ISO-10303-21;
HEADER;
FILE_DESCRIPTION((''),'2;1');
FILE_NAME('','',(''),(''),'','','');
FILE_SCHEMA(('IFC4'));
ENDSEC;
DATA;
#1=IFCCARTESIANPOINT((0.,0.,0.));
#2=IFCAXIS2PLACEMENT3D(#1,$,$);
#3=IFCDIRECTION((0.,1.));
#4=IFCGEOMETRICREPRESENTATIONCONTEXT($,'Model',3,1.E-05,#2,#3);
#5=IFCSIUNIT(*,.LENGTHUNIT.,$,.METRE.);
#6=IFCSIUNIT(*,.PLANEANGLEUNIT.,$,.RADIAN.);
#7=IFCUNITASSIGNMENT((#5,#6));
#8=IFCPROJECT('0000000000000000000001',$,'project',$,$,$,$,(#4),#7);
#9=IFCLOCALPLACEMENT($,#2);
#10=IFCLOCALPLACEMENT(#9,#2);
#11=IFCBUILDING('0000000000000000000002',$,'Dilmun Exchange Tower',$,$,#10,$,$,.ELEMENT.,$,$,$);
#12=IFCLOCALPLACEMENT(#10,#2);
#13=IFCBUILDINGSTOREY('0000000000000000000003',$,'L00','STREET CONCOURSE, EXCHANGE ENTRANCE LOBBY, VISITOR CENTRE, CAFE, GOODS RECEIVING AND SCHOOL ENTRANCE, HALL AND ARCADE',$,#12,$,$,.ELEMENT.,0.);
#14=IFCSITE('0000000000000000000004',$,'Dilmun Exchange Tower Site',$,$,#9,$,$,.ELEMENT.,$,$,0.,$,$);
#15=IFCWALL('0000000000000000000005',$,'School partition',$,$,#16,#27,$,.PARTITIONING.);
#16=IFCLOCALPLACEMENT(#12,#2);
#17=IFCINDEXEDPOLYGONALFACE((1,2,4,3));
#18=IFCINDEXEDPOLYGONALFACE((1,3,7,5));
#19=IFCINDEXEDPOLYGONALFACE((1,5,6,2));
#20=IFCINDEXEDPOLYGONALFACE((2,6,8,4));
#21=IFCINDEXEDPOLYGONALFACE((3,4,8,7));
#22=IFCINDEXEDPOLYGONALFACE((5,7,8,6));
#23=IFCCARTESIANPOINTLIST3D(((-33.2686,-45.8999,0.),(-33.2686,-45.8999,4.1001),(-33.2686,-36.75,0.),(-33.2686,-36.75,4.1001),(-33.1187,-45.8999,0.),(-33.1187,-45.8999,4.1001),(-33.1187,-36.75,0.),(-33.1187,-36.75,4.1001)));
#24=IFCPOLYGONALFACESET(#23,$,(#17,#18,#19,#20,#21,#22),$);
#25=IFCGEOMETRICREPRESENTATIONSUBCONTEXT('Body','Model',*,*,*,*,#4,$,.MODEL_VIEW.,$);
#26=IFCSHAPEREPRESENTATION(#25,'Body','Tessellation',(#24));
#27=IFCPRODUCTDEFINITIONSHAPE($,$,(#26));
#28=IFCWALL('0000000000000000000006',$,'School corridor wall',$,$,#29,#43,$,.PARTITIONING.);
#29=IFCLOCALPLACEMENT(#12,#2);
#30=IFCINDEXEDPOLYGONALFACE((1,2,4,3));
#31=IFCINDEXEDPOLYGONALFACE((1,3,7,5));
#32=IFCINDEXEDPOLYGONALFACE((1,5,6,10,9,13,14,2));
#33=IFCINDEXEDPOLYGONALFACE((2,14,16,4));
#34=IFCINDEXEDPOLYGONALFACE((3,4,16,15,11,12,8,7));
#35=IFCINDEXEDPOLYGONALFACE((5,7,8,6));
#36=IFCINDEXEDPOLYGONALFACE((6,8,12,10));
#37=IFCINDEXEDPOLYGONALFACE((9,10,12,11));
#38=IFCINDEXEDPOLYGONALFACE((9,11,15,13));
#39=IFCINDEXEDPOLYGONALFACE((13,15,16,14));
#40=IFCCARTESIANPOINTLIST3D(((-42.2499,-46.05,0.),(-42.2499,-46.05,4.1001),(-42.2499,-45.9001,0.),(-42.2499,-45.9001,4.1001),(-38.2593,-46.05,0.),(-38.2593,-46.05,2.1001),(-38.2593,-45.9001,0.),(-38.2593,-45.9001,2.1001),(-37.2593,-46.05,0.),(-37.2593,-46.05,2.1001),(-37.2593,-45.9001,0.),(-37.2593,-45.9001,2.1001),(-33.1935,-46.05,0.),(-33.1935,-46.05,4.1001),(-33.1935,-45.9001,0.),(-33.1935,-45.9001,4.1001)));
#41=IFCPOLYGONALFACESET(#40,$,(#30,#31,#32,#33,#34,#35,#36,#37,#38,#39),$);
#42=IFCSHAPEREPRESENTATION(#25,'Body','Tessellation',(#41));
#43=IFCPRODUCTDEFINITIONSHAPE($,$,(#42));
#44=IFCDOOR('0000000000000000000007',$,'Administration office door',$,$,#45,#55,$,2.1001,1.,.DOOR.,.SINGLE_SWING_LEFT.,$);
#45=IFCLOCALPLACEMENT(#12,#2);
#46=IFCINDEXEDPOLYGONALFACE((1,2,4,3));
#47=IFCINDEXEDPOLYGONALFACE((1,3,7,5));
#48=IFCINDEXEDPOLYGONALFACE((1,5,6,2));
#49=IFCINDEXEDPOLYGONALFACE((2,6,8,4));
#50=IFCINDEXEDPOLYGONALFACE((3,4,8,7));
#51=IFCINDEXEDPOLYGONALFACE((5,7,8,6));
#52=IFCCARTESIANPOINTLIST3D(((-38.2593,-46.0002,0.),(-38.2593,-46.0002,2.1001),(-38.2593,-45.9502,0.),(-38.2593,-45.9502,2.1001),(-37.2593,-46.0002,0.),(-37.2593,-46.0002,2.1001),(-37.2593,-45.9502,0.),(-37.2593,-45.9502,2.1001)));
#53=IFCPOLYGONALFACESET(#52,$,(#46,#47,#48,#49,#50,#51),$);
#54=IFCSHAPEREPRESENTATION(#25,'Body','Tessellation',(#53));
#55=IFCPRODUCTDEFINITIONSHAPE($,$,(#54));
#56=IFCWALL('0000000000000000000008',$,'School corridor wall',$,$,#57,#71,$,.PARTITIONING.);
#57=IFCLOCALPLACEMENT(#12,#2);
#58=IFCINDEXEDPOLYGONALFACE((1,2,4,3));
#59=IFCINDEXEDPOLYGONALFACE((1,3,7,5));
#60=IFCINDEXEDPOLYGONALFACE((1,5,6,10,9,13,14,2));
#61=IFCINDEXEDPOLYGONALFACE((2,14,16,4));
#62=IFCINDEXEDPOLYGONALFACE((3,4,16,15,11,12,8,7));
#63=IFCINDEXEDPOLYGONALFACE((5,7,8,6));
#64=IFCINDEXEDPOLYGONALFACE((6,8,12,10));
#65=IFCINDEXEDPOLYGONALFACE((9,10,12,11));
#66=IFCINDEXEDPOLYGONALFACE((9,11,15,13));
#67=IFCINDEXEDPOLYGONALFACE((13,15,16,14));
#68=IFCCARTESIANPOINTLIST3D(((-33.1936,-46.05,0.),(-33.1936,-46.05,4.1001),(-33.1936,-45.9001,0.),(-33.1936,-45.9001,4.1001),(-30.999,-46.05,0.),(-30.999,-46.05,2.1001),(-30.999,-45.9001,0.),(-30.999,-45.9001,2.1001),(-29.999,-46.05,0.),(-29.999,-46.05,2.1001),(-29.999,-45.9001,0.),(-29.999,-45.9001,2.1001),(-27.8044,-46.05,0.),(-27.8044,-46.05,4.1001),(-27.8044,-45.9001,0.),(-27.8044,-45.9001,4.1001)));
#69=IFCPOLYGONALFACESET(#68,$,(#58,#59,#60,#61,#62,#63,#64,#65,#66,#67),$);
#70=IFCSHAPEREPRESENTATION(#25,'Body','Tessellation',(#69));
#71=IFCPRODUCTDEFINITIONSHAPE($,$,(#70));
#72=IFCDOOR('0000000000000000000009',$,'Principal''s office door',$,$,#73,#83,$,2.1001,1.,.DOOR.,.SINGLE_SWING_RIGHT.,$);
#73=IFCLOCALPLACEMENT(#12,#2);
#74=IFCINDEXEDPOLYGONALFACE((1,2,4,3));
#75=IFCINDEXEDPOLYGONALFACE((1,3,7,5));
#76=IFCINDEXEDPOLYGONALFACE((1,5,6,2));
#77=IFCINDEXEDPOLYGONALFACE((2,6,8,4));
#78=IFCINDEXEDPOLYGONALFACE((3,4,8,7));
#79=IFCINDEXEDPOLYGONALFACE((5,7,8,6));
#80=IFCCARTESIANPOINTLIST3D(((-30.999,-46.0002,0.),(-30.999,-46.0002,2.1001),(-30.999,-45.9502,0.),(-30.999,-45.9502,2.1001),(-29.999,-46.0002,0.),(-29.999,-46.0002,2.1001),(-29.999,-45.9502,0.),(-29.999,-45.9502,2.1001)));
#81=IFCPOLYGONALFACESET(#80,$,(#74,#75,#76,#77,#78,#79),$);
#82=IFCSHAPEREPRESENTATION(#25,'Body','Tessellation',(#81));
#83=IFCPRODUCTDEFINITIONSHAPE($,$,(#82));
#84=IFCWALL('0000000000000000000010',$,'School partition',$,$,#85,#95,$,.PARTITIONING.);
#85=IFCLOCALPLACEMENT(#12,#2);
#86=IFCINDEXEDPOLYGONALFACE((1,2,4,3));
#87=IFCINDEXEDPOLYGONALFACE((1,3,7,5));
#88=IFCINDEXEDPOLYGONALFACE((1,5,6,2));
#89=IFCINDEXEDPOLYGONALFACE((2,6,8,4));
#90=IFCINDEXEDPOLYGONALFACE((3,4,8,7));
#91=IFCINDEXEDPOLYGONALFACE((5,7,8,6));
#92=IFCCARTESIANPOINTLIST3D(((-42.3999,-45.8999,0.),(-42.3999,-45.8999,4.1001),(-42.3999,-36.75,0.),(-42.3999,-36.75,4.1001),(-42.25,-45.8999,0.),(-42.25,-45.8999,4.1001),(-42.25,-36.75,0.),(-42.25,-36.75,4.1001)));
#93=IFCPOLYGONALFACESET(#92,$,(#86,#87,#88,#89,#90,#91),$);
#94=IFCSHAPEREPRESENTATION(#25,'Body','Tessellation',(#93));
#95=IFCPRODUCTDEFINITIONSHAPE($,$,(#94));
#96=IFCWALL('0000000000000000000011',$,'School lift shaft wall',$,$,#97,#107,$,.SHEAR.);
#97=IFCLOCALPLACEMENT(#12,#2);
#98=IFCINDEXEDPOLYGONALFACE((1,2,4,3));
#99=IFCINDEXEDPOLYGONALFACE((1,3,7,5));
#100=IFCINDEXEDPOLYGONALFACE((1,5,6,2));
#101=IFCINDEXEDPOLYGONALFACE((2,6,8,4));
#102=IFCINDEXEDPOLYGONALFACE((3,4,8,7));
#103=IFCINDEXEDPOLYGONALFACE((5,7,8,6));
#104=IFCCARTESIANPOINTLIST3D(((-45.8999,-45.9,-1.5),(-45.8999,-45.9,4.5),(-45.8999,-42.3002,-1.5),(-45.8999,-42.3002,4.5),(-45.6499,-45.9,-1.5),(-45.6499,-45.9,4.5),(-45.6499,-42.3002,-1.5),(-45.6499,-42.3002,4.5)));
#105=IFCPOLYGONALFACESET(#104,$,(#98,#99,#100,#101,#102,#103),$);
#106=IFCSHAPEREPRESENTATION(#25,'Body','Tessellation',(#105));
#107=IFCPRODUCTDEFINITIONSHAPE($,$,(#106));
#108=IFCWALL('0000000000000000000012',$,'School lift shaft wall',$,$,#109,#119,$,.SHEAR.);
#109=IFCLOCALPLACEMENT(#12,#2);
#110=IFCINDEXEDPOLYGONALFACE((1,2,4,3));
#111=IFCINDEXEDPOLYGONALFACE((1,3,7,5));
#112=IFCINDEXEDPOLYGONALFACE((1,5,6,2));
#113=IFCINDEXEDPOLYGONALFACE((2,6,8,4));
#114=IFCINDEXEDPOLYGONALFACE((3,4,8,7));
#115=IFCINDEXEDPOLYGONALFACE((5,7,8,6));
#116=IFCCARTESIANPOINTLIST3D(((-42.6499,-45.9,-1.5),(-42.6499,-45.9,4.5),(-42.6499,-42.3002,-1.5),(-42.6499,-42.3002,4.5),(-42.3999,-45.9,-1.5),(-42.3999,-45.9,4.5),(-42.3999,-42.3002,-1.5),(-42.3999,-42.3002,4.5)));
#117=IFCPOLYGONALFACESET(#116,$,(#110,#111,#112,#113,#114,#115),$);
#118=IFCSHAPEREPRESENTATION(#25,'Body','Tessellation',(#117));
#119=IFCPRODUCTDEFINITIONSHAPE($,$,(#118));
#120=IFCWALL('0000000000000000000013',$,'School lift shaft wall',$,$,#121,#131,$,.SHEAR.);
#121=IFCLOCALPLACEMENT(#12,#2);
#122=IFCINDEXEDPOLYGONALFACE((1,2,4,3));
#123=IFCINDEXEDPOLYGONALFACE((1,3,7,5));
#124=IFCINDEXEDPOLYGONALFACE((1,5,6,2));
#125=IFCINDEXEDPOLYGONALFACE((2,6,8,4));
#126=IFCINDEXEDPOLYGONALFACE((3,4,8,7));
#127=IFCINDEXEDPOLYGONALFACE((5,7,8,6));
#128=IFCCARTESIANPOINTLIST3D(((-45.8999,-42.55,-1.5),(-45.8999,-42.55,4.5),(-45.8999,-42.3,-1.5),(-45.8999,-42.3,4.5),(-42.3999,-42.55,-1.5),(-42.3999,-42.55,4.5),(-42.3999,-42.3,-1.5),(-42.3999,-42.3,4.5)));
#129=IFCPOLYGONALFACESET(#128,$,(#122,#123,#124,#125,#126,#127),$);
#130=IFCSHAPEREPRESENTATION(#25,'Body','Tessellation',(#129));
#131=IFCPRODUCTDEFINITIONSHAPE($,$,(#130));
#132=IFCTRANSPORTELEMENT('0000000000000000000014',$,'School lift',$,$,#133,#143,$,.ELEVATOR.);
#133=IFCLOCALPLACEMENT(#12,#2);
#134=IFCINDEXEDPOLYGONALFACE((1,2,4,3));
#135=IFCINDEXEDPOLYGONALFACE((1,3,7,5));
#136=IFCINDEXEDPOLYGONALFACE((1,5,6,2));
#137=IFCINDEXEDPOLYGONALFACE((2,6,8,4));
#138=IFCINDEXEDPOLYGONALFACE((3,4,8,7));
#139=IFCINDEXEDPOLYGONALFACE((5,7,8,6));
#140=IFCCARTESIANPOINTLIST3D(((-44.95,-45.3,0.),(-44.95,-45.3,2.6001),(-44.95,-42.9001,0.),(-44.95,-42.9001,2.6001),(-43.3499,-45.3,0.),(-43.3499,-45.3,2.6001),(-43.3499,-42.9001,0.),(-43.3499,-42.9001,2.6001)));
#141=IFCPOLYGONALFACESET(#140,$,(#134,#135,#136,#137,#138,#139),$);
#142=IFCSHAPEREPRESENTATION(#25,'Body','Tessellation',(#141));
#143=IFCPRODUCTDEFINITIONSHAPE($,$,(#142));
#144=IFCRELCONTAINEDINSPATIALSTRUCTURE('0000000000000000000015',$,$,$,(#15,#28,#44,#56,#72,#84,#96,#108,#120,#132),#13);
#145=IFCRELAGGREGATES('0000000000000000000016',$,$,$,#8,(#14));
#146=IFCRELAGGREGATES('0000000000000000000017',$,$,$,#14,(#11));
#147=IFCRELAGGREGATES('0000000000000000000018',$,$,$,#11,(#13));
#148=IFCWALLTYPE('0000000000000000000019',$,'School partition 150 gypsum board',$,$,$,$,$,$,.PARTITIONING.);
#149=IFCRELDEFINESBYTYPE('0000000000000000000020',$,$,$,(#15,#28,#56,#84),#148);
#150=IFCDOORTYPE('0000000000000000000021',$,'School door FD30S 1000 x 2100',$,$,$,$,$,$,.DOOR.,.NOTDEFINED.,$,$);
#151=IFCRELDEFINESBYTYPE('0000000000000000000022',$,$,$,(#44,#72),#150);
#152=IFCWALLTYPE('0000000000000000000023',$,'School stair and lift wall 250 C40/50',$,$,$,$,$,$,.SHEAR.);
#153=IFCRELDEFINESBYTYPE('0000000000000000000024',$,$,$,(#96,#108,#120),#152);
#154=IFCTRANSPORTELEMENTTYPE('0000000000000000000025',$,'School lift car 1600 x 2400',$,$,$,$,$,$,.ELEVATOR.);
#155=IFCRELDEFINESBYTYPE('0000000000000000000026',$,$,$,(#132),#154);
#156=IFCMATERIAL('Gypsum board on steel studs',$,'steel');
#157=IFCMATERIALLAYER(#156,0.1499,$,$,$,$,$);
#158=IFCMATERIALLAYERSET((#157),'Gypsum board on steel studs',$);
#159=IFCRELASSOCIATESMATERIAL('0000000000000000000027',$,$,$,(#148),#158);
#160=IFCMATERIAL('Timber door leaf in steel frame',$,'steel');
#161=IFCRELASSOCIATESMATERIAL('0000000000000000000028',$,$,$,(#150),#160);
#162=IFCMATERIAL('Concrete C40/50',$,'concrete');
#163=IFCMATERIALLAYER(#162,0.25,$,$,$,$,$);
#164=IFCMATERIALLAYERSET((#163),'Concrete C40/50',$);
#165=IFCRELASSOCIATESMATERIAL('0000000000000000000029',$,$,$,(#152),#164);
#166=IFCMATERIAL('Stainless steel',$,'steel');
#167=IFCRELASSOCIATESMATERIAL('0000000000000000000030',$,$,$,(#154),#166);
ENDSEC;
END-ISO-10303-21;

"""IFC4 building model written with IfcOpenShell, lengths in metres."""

from ifc_helpers import new_model, si_unit, direction, frame, frame_2d, origin, origin_2d, place, context, subcontext, project, spatial, rectangle, extrude, material, layer, layer_set, type_object, element, fill, save


model = new_model("IFC4")

# Units and contexts
model_context = context("Model", 3, precision=1e-05, world=origin(), true_north=direction((0.0, 1.0)))
body_context = subcontext(model_context, "Body", "Model", "MODEL_VIEW")
ifc_project = project(units=[si_unit("LENGTHUNIT", "METRE"), si_unit("PLANEANGLEUNIT", "RADIAN")], contexts=[model_context])

# Site, building, storey
site_placement = place(None, origin())
site = spatial("IfcSite", under=ifc_project, at=site_placement, Name="Dilmun Exchange Tower Site", CompositionType="ELEMENT", RefElevation=0.0)
building_placement = place(site_placement, origin())
building = spatial("IfcBuilding", under=site, at=building_placement, Name="Dilmun Exchange Tower", CompositionType="ELEMENT")
storey_placement = place(building_placement, origin())
storey = spatial("IfcBuildingStorey", under=building, at=storey_placement, Name="L00", Description="STREET CONCOURSE, EXCHANGE ENTRANCE LOBBY, VISITOR CENTRE, CAFE, GOODS RECEIVING AND SCHOOL ENTRANCE, HALL AND ARCADE", CompositionType="ELEMENT", Elevation=0.0)

# Shared definitions
ifc_material_1 = material(Name="Concrete C40/50", Category="concrete")

# Shared definitions
ifc_material_2 = material(Name="Gypsum board on steel studs", Category="steel")
ifc_layer_1 = layer(ifc_material_2, 0.1499)
ifc_layer_set_1 = layer_set([ifc_layer_1], Name="Gypsum board on steel studs")
wall_type_1 = type_object("IfcWallType", Name="School partition 150 gypsum board", PredefinedType="PARTITIONING", material=ifc_layer_set_1)

# Wall
wall_1_placement = place(storey_placement, frame((-33.1936, -45.8999, 0.0), z_axis=(0.0, 0.0, 1.0), x_axis=(0.0, 1.0, 0.0)))
element("IfcWall", 1, at=wall_1_placement, inside=storey, type_object=wall_type_1, Name="School partition", PredefinedType="PARTITIONING", context=body_context, shape_type="SweptSolid", body=[
    extrude(rectangle(XDim=9.1499, YDim=0.1499, at=frame_2d((4.575, 0.0))), origin(), (0.0, 0.0, 1.0), 4.1001),
])

# Walls, openings, doors
wall_2_placement = place(storey_placement, frame((-42.25, -45.9751, 0.0), z_axis=(0.0, 0.0, 1.0), x_axis=(1.0, 0.0, 0.0)))
wall_2 = element("IfcWall", 2, at=wall_2_placement, inside=storey, type_object=wall_type_1, Name="School corridor wall", PredefinedType="PARTITIONING", context=body_context, shape_type="SweptSolid", body=[
    extrude(rectangle(XDim=9.0564, YDim=0.1499, at=frame_2d((4.5283, 0.0))), origin(), (0.0, 0.0, 1.0), 4.1001),
])
opening_1_placement = place(wall_2_placement, frame((3.9907, 0.0, 0.0)))
opening_1 = element("IfcOpeningElement", 3, at=opening_1_placement, cuts=wall_2, PredefinedType="OPENING", context=body_context, shape_type="SweptSolid", body=[
    extrude(rectangle(XDim=1.0, YDim=2.1001, at=frame_2d((0.5, 1.05))), frame((0.0, 0.085, 0.0), z_axis=(0.0, -1.0, 0.0), x_axis=(1.0, 0.0, 0.0)), (0.0, 0.0, 1.0), 0.1699),
])
ifc_material_3 = material(Name="Timber door leaf in steel frame", Category="steel")
door_type_1 = type_object("IfcDoorType", Name="School door FD30S 1000 x 2100", OperationType="NOTDEFINED", PredefinedType="DOOR", material=ifc_material_3)
door_1_placement = place(opening_1_placement, origin())
door_1 = element("IfcDoor", 4, at=door_1_placement, inside=storey, type_object=door_type_1, Name="Administration office door", OperationType="SINGLE_SWING_LEFT", OverallHeight=2.1001, OverallWidth=1.0, PredefinedType="DOOR", context=body_context, shape_type="SweptSolid", body=[
    extrude(rectangle(XDim=1.0, YDim=2.1001, at=frame_2d((0.5, 1.05))), frame((0.0, 0.0249, 0.0), z_axis=(0.0, -1.0, 0.0), x_axis=(1.0, 0.0, 0.0)), (0.0, 0.0, 1.0), 0.05),
])
fill(opening_1, door_1)
wall_3_placement = place(storey_placement, frame((-33.1936, -45.9751, 0.0), z_axis=(0.0, 0.0, 1.0), x_axis=(1.0, 0.0, 0.0)))
wall_3 = element("IfcWall", 5, at=wall_3_placement, inside=storey, type_object=wall_type_1, Name="School corridor wall", PredefinedType="PARTITIONING", context=body_context, shape_type="SweptSolid", body=[
    extrude(rectangle(XDim=5.3892, YDim=0.1499, at=frame_2d((2.6946, 0.0))), origin(), (0.0, 0.0, 1.0), 4.1001),
])
opening_2_placement = place(wall_3_placement, frame((2.1946, 0.0, 0.0)))
opening_2 = element("IfcOpeningElement", 6, at=opening_2_placement, cuts=wall_3, PredefinedType="OPENING", context=body_context, shape_type="SweptSolid", body=[
    extrude(rectangle(XDim=1.0, YDim=2.1001, at=frame_2d((0.5, 1.05))), frame((0.0, 0.085, 0.0), z_axis=(0.0, -1.0, 0.0), x_axis=(1.0, 0.0, 0.0)), (0.0, 0.0, 1.0), 0.1699),
])
door_2_placement = place(opening_2_placement, origin())
door_2 = element("IfcDoor", 7, at=door_2_placement, inside=storey, type_object=door_type_1, Name="Principal's office door", OperationType="SINGLE_SWING_RIGHT", OverallHeight=2.1001, OverallWidth=1.0, PredefinedType="DOOR", context=body_context, shape_type="SweptSolid", body=[
    extrude(rectangle(XDim=1.0, YDim=2.1001, at=frame_2d((0.5, 1.05))), frame((0.0, 0.0249, 0.0), z_axis=(0.0, -1.0, 0.0), x_axis=(1.0, 0.0, 0.0)), (0.0, 0.0, 1.0), 0.05),
])
fill(opening_2, door_2)

# Walls
wall_4_placement = place(storey_placement, frame((-42.325, -45.8999, 0.0), z_axis=(0.0, 0.0, 1.0), x_axis=(0.0, 1.0, 0.0)))
element("IfcWall", 8, at=wall_4_placement, inside=storey, type_object=wall_type_1, Name="School partition", PredefinedType="PARTITIONING", context=body_context, shape_type="SweptSolid", body=[
    extrude(rectangle(XDim=9.1499, YDim=0.1499, at=frame_2d((4.575, 0.0))), origin(), (0.0, 0.0, 1.0), 4.1001),
])
ifc_layer_2 = layer(ifc_material_1, 0.25)
ifc_layer_set_2 = layer_set([ifc_layer_2], Name="Concrete C40/50")
wall_type_2 = type_object("IfcWallType", Name="School stair and lift wall 250 C40/50", PredefinedType="SHEAR", material=ifc_layer_set_2)
for number, where, z_axis, x_axis, name in (
    (9, (-45.7749, -45.8999, -1.5), (0.0, 0.0, 1.0), (0.0, 1.0, 0.0), "School lift shaft wall"),
    (10, (-42.5249, -45.8999, -1.5), (0.0, 0.0, 1.0), (0.0, 1.0, 0.0), "School lift shaft wall"),
):
    element("IfcWall", number, at=place(storey_placement, frame(where, z_axis=z_axis, x_axis=x_axis)), inside=storey, type_object=wall_type_2, Name=name, PredefinedType="SHEAR", context=body_context, shape_type="SweptSolid", body=[
        extrude(rectangle(XDim=3.5999, YDim=0.25, at=frame_2d((1.7998, 0.0))), origin(), (0.0, 0.0, 1.0), 6.0),
    ])
wall_5_placement = place(storey_placement, frame((-45.8999, -42.425, -1.5), z_axis=(0.0, 0.0, 1.0), x_axis=(1.0, 0.0, 0.0)))
element("IfcWall", 11, at=wall_5_placement, inside=storey, type_object=wall_type_2, Name="School lift shaft wall", PredefinedType="SHEAR", context=body_context, shape_type="SweptSolid", body=[
    extrude(rectangle(XDim=3.5, YDim=0.25, at=frame_2d((1.75, 0.0))), origin(), (0.0, 0.0, 1.0), 6.0),
])

# Transport element
ifc_material_4 = material(Name="Stainless steel", Category="steel")
transport_element_type = type_object("IfcTransportElementType", Name="School lift car 1600 x 2400", PredefinedType="ELEVATOR", material=ifc_material_4)
transport_element_placement = place(storey_placement, frame((-44.1499, -44.1001, 0.0), z_axis=(0.0, 0.0, 1.0), x_axis=(1.0, 0.0, 0.0)))
element("IfcTransportElement", 12, at=transport_element_placement, inside=storey, type_object=transport_element_type, Name="School lift", PredefinedType="ELEVATOR", context=body_context, shape_type="SweptSolid", body=[
    extrude(rectangle(XDim=1.6001, YDim=2.3999, at=origin_2d()), origin(), (0.0, 0.0, 1.0), 2.6001),
])

save(model, "model.ifc")
